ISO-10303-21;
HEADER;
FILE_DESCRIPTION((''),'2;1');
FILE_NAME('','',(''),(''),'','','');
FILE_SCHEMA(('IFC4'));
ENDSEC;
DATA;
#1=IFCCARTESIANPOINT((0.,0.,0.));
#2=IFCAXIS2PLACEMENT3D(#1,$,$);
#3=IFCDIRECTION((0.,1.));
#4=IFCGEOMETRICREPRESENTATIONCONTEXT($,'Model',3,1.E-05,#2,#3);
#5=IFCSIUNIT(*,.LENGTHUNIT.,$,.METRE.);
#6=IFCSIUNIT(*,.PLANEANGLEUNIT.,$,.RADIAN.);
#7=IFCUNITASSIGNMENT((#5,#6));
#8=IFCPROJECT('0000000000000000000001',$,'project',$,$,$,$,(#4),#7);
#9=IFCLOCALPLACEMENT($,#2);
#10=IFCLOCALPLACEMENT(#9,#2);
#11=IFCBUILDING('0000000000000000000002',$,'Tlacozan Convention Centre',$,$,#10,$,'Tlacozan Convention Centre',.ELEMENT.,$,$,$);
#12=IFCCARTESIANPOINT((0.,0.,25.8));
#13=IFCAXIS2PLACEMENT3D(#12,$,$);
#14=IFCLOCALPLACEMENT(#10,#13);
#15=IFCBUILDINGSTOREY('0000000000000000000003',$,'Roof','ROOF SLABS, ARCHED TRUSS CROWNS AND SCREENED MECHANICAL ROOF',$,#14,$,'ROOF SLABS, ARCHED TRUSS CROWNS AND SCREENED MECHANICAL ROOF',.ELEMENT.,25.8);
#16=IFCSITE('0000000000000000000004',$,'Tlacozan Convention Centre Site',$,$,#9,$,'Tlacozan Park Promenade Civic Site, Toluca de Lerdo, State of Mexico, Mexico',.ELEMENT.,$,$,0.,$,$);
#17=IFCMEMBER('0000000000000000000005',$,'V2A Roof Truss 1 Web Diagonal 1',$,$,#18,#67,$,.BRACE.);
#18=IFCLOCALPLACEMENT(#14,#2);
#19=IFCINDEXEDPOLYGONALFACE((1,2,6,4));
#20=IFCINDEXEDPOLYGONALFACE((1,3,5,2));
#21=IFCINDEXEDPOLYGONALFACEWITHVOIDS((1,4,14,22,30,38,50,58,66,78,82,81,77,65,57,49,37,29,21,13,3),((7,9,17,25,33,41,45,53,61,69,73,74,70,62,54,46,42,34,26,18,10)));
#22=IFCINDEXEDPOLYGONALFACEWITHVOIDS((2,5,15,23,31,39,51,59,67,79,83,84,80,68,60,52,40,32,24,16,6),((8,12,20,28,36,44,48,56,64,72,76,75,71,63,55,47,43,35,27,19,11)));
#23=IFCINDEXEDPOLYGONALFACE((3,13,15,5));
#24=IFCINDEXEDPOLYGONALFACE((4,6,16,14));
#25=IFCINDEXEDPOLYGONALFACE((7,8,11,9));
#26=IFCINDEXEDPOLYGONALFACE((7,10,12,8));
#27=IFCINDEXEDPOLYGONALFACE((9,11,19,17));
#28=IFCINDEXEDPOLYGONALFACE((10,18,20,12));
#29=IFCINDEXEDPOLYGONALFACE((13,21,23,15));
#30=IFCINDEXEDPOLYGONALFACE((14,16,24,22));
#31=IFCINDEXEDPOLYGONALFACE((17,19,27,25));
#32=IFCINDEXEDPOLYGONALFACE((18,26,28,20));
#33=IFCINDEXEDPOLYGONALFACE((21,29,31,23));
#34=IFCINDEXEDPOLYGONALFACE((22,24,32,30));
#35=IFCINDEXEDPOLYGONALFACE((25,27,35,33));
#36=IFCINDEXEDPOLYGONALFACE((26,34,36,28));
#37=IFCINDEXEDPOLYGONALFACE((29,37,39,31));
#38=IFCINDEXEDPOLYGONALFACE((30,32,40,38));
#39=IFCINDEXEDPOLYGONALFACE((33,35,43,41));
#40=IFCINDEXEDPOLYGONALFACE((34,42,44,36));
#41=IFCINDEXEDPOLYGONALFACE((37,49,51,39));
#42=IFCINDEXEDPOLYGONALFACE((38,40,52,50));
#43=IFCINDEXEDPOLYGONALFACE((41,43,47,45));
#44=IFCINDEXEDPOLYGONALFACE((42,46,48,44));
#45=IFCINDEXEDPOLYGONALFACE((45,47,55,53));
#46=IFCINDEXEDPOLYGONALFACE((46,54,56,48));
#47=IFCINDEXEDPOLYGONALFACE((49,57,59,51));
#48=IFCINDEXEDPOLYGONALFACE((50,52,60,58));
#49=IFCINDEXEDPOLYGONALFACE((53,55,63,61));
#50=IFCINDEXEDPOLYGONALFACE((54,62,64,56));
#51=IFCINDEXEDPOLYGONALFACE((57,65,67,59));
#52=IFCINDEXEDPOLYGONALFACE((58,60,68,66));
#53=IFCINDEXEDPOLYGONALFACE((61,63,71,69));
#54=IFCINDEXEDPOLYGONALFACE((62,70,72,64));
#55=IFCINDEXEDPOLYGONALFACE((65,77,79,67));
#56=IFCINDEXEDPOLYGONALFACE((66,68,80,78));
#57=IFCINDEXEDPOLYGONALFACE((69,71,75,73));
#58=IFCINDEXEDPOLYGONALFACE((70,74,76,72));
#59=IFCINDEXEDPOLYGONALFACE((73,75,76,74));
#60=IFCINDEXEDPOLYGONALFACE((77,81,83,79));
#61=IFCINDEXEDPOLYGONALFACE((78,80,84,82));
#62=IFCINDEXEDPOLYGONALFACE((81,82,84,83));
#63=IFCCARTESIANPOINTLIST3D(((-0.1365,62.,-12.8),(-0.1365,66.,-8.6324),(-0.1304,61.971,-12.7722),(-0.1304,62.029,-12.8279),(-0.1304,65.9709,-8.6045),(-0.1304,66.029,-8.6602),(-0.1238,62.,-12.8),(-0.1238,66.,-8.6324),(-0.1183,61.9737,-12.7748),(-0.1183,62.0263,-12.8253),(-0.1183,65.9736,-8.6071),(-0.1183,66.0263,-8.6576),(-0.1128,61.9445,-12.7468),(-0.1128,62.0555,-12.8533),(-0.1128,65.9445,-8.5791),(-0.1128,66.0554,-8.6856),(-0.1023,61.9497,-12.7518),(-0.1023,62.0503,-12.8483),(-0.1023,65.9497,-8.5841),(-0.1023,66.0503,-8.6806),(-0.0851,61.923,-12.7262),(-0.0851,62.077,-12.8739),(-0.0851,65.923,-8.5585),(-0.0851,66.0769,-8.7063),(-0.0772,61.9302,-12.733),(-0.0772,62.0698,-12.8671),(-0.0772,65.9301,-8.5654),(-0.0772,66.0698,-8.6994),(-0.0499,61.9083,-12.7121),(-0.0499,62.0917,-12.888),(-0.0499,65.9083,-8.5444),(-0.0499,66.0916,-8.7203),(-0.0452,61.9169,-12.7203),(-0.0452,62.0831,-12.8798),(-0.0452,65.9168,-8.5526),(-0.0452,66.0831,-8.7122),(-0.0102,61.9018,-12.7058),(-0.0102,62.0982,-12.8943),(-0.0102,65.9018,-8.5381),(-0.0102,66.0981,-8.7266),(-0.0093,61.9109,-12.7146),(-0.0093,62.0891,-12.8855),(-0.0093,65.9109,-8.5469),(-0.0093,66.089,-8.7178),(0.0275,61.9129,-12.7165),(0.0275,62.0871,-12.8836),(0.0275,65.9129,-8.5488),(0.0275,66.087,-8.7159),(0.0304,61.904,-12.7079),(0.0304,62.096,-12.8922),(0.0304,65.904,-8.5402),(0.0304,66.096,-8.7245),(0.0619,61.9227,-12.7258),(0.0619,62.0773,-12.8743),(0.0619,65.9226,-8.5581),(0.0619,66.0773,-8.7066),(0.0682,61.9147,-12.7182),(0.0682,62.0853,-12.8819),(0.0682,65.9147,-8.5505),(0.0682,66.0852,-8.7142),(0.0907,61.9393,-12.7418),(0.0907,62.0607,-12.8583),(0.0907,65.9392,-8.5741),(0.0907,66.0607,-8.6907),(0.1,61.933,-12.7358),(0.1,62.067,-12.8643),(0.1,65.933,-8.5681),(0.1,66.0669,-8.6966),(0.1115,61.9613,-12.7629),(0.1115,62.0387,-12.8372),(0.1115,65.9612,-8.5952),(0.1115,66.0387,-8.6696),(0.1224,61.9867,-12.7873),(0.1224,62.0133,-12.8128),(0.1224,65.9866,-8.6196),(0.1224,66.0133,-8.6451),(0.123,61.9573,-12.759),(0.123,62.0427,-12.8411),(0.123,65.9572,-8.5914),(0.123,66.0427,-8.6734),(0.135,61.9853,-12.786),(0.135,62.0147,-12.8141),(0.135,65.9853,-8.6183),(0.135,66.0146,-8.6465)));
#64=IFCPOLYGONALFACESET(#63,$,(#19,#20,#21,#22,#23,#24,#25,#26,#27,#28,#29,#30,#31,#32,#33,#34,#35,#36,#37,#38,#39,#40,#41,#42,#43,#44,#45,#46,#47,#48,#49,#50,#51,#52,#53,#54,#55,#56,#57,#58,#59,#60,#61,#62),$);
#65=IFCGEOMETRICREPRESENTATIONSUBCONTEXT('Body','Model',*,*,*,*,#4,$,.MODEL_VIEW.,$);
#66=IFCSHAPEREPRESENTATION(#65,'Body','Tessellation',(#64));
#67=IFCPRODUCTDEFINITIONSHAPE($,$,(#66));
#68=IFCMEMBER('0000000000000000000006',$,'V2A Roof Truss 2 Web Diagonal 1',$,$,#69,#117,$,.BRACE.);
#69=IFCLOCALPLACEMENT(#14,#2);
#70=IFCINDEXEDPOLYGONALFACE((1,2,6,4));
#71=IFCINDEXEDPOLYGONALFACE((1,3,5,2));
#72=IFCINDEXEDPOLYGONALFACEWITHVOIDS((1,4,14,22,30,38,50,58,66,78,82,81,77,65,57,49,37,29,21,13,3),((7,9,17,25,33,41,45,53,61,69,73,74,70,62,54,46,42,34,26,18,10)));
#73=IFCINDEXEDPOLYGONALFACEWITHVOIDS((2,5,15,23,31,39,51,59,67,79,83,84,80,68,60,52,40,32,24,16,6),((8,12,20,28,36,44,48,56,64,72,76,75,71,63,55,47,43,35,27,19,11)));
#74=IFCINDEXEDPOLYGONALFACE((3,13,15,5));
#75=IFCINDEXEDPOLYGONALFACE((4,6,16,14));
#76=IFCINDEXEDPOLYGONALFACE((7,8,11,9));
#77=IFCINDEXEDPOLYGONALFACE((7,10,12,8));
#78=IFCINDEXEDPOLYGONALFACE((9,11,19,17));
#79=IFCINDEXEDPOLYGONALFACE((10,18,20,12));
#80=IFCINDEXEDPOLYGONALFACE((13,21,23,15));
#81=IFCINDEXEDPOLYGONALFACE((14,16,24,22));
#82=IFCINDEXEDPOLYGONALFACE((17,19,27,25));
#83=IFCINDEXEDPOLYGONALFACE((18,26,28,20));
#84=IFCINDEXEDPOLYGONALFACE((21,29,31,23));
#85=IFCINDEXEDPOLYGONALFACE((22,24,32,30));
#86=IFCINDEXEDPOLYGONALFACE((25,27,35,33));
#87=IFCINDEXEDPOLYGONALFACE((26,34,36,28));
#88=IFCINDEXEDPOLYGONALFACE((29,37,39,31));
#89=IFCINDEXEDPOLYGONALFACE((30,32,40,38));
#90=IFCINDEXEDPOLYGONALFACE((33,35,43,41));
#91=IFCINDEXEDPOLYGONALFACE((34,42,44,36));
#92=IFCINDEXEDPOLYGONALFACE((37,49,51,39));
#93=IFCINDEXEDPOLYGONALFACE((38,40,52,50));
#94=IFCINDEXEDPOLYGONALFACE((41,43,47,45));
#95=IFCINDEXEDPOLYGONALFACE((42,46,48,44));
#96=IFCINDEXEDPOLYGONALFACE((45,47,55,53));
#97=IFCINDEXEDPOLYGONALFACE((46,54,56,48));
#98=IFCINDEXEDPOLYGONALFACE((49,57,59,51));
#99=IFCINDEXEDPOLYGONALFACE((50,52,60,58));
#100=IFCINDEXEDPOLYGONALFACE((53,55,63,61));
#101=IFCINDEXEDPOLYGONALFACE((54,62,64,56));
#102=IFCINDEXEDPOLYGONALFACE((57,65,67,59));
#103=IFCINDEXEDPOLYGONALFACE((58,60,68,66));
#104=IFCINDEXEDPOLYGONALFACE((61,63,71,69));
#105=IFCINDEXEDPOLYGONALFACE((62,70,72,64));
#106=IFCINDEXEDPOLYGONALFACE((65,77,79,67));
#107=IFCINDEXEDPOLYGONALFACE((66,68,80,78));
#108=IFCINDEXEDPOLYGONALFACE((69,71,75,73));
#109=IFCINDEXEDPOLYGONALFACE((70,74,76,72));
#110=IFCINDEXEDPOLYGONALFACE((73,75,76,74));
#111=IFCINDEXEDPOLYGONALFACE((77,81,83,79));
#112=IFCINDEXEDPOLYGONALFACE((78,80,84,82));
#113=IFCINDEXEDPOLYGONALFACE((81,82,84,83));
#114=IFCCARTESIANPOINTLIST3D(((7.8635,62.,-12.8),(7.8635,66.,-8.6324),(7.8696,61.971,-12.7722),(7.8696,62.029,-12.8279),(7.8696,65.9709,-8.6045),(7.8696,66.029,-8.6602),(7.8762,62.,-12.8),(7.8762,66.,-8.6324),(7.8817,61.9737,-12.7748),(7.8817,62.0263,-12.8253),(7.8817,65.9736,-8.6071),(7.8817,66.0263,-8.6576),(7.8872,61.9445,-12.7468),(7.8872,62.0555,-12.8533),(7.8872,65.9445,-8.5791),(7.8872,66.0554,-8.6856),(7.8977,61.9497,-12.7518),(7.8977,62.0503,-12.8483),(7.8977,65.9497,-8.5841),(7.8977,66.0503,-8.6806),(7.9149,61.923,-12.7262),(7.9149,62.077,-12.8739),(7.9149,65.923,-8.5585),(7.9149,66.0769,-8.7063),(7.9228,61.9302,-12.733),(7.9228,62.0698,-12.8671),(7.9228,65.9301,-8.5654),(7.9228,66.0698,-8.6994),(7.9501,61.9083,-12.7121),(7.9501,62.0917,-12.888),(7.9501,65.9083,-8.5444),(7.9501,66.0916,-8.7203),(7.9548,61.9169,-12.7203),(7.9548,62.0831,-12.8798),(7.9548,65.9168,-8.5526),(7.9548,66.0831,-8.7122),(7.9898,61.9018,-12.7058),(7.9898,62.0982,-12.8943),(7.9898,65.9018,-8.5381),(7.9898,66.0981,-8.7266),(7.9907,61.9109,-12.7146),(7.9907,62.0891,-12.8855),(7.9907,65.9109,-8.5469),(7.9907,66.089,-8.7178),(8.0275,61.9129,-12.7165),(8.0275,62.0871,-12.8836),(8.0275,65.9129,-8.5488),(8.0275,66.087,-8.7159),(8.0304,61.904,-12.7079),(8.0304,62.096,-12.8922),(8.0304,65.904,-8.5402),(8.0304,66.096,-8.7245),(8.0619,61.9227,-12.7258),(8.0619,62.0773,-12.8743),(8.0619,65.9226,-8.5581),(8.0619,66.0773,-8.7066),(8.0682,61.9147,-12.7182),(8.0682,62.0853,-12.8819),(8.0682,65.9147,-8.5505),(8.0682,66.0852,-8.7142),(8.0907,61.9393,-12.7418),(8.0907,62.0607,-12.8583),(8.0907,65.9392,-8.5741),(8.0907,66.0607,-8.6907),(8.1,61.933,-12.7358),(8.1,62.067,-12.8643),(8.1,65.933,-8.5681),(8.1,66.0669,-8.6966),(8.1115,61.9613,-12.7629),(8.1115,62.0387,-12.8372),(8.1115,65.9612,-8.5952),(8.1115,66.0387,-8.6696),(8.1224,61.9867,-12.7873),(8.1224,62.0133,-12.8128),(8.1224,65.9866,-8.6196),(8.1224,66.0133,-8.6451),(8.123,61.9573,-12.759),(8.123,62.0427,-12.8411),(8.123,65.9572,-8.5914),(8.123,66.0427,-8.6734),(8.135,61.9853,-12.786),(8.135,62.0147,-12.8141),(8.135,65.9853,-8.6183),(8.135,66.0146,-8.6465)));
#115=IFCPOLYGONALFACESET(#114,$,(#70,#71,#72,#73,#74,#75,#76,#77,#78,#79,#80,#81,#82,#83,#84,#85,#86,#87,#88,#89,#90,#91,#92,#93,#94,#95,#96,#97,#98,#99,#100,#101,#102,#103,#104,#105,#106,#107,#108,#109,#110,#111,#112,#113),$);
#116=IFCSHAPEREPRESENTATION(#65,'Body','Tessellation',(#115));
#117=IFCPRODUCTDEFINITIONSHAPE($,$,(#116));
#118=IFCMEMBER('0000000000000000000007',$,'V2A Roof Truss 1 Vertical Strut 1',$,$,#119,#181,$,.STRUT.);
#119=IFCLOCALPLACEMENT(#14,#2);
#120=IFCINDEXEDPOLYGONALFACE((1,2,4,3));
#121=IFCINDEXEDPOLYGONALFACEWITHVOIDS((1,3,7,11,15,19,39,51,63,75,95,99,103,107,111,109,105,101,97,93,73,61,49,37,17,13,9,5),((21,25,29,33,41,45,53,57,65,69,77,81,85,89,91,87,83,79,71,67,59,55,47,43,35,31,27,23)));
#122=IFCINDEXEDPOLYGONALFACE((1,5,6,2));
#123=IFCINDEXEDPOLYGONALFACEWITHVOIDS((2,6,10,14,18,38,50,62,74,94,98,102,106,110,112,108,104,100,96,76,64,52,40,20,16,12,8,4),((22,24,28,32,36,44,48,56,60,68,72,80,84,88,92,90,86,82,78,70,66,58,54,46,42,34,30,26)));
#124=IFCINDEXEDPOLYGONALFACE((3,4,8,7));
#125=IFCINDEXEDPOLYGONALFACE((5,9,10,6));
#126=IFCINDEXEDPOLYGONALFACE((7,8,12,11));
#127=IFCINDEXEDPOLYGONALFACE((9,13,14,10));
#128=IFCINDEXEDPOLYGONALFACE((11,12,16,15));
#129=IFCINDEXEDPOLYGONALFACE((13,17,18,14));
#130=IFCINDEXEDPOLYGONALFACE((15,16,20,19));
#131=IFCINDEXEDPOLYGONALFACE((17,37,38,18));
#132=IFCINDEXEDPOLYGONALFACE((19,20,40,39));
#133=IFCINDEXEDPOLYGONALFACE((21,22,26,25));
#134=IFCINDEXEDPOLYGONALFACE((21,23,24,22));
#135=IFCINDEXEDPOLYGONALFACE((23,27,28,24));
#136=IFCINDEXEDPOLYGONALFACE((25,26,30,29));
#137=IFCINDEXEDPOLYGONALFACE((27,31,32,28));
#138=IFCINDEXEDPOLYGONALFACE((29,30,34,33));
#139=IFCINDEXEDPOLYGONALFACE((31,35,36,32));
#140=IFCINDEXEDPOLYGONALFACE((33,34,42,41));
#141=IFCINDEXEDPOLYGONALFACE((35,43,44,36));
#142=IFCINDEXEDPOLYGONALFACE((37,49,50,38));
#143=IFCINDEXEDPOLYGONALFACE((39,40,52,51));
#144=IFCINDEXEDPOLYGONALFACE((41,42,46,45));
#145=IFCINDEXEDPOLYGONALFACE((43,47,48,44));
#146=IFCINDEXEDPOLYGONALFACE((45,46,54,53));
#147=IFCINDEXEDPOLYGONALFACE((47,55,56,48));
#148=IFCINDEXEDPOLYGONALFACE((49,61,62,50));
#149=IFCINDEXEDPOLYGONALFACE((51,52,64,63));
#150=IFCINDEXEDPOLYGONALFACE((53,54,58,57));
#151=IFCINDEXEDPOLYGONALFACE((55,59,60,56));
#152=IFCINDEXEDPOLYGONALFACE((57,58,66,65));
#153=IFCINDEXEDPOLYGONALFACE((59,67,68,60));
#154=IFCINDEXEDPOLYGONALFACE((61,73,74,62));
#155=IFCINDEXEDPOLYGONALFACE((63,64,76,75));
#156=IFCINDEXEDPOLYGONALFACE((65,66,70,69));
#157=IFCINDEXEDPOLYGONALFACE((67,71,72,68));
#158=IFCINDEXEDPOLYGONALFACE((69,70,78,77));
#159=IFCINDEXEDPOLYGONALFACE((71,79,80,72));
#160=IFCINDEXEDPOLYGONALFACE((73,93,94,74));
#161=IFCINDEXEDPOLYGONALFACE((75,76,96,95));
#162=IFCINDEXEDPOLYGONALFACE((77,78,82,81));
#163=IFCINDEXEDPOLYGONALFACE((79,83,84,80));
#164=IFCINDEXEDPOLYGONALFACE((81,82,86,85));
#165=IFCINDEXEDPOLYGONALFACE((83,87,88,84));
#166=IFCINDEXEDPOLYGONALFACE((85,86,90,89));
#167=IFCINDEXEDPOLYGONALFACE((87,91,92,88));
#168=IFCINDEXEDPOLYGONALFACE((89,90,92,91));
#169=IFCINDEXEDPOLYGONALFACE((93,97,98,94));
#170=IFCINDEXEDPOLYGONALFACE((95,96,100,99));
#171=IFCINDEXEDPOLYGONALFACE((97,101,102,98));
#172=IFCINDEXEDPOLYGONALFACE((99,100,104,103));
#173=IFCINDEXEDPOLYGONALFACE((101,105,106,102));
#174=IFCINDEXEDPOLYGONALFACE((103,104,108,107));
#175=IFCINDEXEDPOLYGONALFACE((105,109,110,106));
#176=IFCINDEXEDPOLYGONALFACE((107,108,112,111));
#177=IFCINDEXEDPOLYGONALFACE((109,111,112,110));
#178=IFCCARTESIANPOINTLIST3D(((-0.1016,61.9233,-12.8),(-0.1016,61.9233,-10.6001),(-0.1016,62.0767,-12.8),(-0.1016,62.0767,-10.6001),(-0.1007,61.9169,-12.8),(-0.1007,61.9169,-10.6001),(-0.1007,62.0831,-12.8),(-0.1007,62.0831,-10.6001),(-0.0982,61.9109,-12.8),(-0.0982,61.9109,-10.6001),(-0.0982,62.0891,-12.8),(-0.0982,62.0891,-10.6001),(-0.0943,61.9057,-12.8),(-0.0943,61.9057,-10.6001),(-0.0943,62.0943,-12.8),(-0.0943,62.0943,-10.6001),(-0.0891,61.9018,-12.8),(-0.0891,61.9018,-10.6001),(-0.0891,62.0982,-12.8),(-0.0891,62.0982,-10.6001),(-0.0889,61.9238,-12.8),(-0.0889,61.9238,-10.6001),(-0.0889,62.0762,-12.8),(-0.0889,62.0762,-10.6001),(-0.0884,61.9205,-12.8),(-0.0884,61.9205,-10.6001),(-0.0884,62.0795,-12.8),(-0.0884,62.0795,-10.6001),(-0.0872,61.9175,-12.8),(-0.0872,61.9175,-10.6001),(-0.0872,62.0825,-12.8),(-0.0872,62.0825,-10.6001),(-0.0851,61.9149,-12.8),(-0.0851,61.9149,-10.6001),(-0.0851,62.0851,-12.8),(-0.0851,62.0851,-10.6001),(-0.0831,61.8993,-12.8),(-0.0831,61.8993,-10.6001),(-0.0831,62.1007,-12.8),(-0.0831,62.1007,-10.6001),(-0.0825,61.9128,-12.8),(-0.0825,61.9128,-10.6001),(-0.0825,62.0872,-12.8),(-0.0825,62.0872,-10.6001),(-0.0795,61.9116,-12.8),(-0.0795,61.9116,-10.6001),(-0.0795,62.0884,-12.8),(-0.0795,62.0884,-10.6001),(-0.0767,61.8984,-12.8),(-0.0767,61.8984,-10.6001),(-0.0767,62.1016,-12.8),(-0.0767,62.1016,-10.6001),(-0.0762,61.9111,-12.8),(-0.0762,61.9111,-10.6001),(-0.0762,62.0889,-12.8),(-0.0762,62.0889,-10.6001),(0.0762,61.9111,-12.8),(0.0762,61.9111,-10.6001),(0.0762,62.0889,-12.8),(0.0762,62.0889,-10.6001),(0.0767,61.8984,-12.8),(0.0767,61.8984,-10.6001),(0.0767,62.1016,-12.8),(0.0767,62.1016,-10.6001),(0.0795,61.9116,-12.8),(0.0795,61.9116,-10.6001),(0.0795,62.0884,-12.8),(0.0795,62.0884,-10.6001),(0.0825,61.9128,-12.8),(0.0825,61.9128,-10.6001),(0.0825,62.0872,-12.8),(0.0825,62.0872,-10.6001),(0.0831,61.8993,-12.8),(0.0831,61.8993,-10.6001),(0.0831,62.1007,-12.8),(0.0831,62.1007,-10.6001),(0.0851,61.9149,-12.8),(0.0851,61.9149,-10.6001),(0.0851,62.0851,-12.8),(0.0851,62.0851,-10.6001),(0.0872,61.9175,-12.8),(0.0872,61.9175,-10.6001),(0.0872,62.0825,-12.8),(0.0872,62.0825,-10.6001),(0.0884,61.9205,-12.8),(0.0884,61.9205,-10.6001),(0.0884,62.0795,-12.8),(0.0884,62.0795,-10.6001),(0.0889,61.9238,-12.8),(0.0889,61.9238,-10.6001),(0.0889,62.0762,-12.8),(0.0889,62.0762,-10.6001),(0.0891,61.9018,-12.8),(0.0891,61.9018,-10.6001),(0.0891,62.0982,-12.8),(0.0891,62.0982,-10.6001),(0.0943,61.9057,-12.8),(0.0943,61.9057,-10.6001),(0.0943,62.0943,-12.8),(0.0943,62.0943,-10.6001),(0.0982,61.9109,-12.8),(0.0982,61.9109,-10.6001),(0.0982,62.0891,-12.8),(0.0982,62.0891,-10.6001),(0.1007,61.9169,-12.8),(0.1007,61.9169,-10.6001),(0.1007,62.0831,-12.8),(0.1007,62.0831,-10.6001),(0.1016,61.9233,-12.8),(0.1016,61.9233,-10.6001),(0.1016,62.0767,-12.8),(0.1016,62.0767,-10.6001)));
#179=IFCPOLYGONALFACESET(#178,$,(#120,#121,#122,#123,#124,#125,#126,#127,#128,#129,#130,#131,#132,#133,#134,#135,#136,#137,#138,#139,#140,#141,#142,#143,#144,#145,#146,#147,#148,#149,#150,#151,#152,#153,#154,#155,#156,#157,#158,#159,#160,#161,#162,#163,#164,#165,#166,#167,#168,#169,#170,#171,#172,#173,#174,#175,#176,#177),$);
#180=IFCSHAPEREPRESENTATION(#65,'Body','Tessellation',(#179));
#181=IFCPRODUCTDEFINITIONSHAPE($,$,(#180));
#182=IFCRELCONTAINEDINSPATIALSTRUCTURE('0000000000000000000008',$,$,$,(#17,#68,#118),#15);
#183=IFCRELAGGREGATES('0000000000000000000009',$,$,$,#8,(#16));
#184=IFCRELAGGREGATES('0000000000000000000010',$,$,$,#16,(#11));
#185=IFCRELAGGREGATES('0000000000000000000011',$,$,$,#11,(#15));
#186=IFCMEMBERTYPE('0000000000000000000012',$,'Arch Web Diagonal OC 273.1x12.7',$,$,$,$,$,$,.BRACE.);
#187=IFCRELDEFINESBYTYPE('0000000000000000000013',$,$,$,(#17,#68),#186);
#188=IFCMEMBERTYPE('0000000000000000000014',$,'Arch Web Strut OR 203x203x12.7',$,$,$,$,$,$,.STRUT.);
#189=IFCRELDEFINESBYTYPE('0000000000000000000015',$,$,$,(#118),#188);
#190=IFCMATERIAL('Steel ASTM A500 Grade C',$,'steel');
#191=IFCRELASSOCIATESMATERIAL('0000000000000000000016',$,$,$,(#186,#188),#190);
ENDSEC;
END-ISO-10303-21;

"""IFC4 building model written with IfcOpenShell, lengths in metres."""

from ifc_helpers import new_model, si_unit, direction, frame, origin, origin_2d, place, context, subcontext, project, spatial, hollow_rectangle, hollow_circle, extrude, material, material_profile, profile_set, type_object, element, save


model = new_model("IFC4")

# Units and contexts
model_context = context("Model", 3, precision=1e-05, world=origin(), true_north=direction((0.0, 1.0)))
body_context = subcontext(model_context, "Body", "Model", "MODEL_VIEW")
ifc_project = project(units=[si_unit("LENGTHUNIT", "METRE"), si_unit("PLANEANGLEUNIT", "RADIAN")], contexts=[model_context])

# Site, building, storey
site_placement = place(None, origin())
site = spatial("IfcSite", under=ifc_project, at=site_placement, Name="Tlacozan Convention Centre Site", LongName="Tlacozan Park Promenade Civic Site, Toluca de Lerdo, State of Mexico, Mexico", CompositionType="ELEMENT", RefElevation=0.0)
building_placement = place(site_placement, origin())
building = spatial("IfcBuilding", under=site, at=building_placement, Name="Tlacozan Convention Centre", LongName="Tlacozan Convention Centre", CompositionType="ELEMENT")
storey_placement = place(building_placement, frame((0.0, 0.0, 25.8)))
storey = spatial("IfcBuildingStorey", under=building, at=storey_placement, Name="Roof", Description="ROOF SLABS, ARCHED TRUSS CROWNS AND SCREENED MECHANICAL ROOF", LongName="ROOF SLABS, ARCHED TRUSS CROWNS AND SCREENED MECHANICAL ROOF", CompositionType="ELEMENT", Elevation=25.8)

# Members
ifc_material_1 = material(Name="Steel ASTM A500 Grade C", Category="steel")
ifc_material_profile_1 = material_profile(ifc_material_1, hollow_circle(Radius=0.1365, WallThickness=0.0127, at=origin_2d()), Name="OC 273.1x12.7")
ifc_profile_set_1 = profile_set([ifc_material_profile_1], Name="Steel ASTM A500 Grade C")
member_type_1 = type_object("IfcMemberType", Name="Arch Web Diagonal OC 273.1x12.7", PredefinedType="BRACE", material=ifc_profile_set_1)
for number, where, z_axis, x_axis, name in (
    (1, (0.0, 62.0, -12.8), (0.0, 0.69244, 0.721475), (-1.0, 0.0, 0.0), "V2A Roof Truss 1 Web Diagonal 1"),
    (2, (8.0, 62.0, -12.8), (0.0, 0.69244, 0.721475), (-1.0, 0.0, 0.0), "V2A Roof Truss 2 Web Diagonal 1"),
):
    element("IfcMember", number, at=place(storey_placement, frame(where, z_axis=z_axis, x_axis=x_axis)), inside=storey, type_object=member_type_1, Name=name, PredefinedType="BRACE", context=body_context, shape_type="SweptSolid", body=[
        extrude(hollow_circle(Radius=0.1365, WallThickness=0.0127, at=origin_2d()), origin(), (0.0, 0.0, 1.0), 5.7766),
    ])
ifc_material_profile_2 = material_profile(ifc_material_1, hollow_rectangle(XDim=0.2031, YDim=0.2031, WallThickness=0.0127, InnerFilletRadius=0.0127, OuterFilletRadius=0.0249, at=origin_2d()), Name="OR 203x203x12.7")
ifc_profile_set_2 = profile_set([ifc_material_profile_2], Name="Steel ASTM A500 Grade C")
member_type_2 = type_object("IfcMemberType", Name="Arch Web Strut OR 203x203x12.7", PredefinedType="STRUT", material=ifc_profile_set_2)
for number, where, z_axis, x_axis, name in (
    (3, (0.0, 62.0, -12.8), (0.0, 0.0, 1.0), (1.0, 0.0, 0.0), "V2A Roof Truss 1 Vertical Strut 1"),
):
    element("IfcMember", number, at=place(storey_placement, frame(where, z_axis=z_axis, x_axis=x_axis)), inside=storey, type_object=member_type_2, Name=name, PredefinedType="STRUT", context=body_context, shape_type="SweptSolid", body=[
        extrude(hollow_rectangle(XDim=0.2031, YDim=0.2031, WallThickness=0.0127, InnerFilletRadius=0.0127, OuterFilletRadius=0.0249, at=origin_2d()), origin(), (0.0, 0.0, 1.0), 2.2),
    ])

save(model, "model.ifc")
